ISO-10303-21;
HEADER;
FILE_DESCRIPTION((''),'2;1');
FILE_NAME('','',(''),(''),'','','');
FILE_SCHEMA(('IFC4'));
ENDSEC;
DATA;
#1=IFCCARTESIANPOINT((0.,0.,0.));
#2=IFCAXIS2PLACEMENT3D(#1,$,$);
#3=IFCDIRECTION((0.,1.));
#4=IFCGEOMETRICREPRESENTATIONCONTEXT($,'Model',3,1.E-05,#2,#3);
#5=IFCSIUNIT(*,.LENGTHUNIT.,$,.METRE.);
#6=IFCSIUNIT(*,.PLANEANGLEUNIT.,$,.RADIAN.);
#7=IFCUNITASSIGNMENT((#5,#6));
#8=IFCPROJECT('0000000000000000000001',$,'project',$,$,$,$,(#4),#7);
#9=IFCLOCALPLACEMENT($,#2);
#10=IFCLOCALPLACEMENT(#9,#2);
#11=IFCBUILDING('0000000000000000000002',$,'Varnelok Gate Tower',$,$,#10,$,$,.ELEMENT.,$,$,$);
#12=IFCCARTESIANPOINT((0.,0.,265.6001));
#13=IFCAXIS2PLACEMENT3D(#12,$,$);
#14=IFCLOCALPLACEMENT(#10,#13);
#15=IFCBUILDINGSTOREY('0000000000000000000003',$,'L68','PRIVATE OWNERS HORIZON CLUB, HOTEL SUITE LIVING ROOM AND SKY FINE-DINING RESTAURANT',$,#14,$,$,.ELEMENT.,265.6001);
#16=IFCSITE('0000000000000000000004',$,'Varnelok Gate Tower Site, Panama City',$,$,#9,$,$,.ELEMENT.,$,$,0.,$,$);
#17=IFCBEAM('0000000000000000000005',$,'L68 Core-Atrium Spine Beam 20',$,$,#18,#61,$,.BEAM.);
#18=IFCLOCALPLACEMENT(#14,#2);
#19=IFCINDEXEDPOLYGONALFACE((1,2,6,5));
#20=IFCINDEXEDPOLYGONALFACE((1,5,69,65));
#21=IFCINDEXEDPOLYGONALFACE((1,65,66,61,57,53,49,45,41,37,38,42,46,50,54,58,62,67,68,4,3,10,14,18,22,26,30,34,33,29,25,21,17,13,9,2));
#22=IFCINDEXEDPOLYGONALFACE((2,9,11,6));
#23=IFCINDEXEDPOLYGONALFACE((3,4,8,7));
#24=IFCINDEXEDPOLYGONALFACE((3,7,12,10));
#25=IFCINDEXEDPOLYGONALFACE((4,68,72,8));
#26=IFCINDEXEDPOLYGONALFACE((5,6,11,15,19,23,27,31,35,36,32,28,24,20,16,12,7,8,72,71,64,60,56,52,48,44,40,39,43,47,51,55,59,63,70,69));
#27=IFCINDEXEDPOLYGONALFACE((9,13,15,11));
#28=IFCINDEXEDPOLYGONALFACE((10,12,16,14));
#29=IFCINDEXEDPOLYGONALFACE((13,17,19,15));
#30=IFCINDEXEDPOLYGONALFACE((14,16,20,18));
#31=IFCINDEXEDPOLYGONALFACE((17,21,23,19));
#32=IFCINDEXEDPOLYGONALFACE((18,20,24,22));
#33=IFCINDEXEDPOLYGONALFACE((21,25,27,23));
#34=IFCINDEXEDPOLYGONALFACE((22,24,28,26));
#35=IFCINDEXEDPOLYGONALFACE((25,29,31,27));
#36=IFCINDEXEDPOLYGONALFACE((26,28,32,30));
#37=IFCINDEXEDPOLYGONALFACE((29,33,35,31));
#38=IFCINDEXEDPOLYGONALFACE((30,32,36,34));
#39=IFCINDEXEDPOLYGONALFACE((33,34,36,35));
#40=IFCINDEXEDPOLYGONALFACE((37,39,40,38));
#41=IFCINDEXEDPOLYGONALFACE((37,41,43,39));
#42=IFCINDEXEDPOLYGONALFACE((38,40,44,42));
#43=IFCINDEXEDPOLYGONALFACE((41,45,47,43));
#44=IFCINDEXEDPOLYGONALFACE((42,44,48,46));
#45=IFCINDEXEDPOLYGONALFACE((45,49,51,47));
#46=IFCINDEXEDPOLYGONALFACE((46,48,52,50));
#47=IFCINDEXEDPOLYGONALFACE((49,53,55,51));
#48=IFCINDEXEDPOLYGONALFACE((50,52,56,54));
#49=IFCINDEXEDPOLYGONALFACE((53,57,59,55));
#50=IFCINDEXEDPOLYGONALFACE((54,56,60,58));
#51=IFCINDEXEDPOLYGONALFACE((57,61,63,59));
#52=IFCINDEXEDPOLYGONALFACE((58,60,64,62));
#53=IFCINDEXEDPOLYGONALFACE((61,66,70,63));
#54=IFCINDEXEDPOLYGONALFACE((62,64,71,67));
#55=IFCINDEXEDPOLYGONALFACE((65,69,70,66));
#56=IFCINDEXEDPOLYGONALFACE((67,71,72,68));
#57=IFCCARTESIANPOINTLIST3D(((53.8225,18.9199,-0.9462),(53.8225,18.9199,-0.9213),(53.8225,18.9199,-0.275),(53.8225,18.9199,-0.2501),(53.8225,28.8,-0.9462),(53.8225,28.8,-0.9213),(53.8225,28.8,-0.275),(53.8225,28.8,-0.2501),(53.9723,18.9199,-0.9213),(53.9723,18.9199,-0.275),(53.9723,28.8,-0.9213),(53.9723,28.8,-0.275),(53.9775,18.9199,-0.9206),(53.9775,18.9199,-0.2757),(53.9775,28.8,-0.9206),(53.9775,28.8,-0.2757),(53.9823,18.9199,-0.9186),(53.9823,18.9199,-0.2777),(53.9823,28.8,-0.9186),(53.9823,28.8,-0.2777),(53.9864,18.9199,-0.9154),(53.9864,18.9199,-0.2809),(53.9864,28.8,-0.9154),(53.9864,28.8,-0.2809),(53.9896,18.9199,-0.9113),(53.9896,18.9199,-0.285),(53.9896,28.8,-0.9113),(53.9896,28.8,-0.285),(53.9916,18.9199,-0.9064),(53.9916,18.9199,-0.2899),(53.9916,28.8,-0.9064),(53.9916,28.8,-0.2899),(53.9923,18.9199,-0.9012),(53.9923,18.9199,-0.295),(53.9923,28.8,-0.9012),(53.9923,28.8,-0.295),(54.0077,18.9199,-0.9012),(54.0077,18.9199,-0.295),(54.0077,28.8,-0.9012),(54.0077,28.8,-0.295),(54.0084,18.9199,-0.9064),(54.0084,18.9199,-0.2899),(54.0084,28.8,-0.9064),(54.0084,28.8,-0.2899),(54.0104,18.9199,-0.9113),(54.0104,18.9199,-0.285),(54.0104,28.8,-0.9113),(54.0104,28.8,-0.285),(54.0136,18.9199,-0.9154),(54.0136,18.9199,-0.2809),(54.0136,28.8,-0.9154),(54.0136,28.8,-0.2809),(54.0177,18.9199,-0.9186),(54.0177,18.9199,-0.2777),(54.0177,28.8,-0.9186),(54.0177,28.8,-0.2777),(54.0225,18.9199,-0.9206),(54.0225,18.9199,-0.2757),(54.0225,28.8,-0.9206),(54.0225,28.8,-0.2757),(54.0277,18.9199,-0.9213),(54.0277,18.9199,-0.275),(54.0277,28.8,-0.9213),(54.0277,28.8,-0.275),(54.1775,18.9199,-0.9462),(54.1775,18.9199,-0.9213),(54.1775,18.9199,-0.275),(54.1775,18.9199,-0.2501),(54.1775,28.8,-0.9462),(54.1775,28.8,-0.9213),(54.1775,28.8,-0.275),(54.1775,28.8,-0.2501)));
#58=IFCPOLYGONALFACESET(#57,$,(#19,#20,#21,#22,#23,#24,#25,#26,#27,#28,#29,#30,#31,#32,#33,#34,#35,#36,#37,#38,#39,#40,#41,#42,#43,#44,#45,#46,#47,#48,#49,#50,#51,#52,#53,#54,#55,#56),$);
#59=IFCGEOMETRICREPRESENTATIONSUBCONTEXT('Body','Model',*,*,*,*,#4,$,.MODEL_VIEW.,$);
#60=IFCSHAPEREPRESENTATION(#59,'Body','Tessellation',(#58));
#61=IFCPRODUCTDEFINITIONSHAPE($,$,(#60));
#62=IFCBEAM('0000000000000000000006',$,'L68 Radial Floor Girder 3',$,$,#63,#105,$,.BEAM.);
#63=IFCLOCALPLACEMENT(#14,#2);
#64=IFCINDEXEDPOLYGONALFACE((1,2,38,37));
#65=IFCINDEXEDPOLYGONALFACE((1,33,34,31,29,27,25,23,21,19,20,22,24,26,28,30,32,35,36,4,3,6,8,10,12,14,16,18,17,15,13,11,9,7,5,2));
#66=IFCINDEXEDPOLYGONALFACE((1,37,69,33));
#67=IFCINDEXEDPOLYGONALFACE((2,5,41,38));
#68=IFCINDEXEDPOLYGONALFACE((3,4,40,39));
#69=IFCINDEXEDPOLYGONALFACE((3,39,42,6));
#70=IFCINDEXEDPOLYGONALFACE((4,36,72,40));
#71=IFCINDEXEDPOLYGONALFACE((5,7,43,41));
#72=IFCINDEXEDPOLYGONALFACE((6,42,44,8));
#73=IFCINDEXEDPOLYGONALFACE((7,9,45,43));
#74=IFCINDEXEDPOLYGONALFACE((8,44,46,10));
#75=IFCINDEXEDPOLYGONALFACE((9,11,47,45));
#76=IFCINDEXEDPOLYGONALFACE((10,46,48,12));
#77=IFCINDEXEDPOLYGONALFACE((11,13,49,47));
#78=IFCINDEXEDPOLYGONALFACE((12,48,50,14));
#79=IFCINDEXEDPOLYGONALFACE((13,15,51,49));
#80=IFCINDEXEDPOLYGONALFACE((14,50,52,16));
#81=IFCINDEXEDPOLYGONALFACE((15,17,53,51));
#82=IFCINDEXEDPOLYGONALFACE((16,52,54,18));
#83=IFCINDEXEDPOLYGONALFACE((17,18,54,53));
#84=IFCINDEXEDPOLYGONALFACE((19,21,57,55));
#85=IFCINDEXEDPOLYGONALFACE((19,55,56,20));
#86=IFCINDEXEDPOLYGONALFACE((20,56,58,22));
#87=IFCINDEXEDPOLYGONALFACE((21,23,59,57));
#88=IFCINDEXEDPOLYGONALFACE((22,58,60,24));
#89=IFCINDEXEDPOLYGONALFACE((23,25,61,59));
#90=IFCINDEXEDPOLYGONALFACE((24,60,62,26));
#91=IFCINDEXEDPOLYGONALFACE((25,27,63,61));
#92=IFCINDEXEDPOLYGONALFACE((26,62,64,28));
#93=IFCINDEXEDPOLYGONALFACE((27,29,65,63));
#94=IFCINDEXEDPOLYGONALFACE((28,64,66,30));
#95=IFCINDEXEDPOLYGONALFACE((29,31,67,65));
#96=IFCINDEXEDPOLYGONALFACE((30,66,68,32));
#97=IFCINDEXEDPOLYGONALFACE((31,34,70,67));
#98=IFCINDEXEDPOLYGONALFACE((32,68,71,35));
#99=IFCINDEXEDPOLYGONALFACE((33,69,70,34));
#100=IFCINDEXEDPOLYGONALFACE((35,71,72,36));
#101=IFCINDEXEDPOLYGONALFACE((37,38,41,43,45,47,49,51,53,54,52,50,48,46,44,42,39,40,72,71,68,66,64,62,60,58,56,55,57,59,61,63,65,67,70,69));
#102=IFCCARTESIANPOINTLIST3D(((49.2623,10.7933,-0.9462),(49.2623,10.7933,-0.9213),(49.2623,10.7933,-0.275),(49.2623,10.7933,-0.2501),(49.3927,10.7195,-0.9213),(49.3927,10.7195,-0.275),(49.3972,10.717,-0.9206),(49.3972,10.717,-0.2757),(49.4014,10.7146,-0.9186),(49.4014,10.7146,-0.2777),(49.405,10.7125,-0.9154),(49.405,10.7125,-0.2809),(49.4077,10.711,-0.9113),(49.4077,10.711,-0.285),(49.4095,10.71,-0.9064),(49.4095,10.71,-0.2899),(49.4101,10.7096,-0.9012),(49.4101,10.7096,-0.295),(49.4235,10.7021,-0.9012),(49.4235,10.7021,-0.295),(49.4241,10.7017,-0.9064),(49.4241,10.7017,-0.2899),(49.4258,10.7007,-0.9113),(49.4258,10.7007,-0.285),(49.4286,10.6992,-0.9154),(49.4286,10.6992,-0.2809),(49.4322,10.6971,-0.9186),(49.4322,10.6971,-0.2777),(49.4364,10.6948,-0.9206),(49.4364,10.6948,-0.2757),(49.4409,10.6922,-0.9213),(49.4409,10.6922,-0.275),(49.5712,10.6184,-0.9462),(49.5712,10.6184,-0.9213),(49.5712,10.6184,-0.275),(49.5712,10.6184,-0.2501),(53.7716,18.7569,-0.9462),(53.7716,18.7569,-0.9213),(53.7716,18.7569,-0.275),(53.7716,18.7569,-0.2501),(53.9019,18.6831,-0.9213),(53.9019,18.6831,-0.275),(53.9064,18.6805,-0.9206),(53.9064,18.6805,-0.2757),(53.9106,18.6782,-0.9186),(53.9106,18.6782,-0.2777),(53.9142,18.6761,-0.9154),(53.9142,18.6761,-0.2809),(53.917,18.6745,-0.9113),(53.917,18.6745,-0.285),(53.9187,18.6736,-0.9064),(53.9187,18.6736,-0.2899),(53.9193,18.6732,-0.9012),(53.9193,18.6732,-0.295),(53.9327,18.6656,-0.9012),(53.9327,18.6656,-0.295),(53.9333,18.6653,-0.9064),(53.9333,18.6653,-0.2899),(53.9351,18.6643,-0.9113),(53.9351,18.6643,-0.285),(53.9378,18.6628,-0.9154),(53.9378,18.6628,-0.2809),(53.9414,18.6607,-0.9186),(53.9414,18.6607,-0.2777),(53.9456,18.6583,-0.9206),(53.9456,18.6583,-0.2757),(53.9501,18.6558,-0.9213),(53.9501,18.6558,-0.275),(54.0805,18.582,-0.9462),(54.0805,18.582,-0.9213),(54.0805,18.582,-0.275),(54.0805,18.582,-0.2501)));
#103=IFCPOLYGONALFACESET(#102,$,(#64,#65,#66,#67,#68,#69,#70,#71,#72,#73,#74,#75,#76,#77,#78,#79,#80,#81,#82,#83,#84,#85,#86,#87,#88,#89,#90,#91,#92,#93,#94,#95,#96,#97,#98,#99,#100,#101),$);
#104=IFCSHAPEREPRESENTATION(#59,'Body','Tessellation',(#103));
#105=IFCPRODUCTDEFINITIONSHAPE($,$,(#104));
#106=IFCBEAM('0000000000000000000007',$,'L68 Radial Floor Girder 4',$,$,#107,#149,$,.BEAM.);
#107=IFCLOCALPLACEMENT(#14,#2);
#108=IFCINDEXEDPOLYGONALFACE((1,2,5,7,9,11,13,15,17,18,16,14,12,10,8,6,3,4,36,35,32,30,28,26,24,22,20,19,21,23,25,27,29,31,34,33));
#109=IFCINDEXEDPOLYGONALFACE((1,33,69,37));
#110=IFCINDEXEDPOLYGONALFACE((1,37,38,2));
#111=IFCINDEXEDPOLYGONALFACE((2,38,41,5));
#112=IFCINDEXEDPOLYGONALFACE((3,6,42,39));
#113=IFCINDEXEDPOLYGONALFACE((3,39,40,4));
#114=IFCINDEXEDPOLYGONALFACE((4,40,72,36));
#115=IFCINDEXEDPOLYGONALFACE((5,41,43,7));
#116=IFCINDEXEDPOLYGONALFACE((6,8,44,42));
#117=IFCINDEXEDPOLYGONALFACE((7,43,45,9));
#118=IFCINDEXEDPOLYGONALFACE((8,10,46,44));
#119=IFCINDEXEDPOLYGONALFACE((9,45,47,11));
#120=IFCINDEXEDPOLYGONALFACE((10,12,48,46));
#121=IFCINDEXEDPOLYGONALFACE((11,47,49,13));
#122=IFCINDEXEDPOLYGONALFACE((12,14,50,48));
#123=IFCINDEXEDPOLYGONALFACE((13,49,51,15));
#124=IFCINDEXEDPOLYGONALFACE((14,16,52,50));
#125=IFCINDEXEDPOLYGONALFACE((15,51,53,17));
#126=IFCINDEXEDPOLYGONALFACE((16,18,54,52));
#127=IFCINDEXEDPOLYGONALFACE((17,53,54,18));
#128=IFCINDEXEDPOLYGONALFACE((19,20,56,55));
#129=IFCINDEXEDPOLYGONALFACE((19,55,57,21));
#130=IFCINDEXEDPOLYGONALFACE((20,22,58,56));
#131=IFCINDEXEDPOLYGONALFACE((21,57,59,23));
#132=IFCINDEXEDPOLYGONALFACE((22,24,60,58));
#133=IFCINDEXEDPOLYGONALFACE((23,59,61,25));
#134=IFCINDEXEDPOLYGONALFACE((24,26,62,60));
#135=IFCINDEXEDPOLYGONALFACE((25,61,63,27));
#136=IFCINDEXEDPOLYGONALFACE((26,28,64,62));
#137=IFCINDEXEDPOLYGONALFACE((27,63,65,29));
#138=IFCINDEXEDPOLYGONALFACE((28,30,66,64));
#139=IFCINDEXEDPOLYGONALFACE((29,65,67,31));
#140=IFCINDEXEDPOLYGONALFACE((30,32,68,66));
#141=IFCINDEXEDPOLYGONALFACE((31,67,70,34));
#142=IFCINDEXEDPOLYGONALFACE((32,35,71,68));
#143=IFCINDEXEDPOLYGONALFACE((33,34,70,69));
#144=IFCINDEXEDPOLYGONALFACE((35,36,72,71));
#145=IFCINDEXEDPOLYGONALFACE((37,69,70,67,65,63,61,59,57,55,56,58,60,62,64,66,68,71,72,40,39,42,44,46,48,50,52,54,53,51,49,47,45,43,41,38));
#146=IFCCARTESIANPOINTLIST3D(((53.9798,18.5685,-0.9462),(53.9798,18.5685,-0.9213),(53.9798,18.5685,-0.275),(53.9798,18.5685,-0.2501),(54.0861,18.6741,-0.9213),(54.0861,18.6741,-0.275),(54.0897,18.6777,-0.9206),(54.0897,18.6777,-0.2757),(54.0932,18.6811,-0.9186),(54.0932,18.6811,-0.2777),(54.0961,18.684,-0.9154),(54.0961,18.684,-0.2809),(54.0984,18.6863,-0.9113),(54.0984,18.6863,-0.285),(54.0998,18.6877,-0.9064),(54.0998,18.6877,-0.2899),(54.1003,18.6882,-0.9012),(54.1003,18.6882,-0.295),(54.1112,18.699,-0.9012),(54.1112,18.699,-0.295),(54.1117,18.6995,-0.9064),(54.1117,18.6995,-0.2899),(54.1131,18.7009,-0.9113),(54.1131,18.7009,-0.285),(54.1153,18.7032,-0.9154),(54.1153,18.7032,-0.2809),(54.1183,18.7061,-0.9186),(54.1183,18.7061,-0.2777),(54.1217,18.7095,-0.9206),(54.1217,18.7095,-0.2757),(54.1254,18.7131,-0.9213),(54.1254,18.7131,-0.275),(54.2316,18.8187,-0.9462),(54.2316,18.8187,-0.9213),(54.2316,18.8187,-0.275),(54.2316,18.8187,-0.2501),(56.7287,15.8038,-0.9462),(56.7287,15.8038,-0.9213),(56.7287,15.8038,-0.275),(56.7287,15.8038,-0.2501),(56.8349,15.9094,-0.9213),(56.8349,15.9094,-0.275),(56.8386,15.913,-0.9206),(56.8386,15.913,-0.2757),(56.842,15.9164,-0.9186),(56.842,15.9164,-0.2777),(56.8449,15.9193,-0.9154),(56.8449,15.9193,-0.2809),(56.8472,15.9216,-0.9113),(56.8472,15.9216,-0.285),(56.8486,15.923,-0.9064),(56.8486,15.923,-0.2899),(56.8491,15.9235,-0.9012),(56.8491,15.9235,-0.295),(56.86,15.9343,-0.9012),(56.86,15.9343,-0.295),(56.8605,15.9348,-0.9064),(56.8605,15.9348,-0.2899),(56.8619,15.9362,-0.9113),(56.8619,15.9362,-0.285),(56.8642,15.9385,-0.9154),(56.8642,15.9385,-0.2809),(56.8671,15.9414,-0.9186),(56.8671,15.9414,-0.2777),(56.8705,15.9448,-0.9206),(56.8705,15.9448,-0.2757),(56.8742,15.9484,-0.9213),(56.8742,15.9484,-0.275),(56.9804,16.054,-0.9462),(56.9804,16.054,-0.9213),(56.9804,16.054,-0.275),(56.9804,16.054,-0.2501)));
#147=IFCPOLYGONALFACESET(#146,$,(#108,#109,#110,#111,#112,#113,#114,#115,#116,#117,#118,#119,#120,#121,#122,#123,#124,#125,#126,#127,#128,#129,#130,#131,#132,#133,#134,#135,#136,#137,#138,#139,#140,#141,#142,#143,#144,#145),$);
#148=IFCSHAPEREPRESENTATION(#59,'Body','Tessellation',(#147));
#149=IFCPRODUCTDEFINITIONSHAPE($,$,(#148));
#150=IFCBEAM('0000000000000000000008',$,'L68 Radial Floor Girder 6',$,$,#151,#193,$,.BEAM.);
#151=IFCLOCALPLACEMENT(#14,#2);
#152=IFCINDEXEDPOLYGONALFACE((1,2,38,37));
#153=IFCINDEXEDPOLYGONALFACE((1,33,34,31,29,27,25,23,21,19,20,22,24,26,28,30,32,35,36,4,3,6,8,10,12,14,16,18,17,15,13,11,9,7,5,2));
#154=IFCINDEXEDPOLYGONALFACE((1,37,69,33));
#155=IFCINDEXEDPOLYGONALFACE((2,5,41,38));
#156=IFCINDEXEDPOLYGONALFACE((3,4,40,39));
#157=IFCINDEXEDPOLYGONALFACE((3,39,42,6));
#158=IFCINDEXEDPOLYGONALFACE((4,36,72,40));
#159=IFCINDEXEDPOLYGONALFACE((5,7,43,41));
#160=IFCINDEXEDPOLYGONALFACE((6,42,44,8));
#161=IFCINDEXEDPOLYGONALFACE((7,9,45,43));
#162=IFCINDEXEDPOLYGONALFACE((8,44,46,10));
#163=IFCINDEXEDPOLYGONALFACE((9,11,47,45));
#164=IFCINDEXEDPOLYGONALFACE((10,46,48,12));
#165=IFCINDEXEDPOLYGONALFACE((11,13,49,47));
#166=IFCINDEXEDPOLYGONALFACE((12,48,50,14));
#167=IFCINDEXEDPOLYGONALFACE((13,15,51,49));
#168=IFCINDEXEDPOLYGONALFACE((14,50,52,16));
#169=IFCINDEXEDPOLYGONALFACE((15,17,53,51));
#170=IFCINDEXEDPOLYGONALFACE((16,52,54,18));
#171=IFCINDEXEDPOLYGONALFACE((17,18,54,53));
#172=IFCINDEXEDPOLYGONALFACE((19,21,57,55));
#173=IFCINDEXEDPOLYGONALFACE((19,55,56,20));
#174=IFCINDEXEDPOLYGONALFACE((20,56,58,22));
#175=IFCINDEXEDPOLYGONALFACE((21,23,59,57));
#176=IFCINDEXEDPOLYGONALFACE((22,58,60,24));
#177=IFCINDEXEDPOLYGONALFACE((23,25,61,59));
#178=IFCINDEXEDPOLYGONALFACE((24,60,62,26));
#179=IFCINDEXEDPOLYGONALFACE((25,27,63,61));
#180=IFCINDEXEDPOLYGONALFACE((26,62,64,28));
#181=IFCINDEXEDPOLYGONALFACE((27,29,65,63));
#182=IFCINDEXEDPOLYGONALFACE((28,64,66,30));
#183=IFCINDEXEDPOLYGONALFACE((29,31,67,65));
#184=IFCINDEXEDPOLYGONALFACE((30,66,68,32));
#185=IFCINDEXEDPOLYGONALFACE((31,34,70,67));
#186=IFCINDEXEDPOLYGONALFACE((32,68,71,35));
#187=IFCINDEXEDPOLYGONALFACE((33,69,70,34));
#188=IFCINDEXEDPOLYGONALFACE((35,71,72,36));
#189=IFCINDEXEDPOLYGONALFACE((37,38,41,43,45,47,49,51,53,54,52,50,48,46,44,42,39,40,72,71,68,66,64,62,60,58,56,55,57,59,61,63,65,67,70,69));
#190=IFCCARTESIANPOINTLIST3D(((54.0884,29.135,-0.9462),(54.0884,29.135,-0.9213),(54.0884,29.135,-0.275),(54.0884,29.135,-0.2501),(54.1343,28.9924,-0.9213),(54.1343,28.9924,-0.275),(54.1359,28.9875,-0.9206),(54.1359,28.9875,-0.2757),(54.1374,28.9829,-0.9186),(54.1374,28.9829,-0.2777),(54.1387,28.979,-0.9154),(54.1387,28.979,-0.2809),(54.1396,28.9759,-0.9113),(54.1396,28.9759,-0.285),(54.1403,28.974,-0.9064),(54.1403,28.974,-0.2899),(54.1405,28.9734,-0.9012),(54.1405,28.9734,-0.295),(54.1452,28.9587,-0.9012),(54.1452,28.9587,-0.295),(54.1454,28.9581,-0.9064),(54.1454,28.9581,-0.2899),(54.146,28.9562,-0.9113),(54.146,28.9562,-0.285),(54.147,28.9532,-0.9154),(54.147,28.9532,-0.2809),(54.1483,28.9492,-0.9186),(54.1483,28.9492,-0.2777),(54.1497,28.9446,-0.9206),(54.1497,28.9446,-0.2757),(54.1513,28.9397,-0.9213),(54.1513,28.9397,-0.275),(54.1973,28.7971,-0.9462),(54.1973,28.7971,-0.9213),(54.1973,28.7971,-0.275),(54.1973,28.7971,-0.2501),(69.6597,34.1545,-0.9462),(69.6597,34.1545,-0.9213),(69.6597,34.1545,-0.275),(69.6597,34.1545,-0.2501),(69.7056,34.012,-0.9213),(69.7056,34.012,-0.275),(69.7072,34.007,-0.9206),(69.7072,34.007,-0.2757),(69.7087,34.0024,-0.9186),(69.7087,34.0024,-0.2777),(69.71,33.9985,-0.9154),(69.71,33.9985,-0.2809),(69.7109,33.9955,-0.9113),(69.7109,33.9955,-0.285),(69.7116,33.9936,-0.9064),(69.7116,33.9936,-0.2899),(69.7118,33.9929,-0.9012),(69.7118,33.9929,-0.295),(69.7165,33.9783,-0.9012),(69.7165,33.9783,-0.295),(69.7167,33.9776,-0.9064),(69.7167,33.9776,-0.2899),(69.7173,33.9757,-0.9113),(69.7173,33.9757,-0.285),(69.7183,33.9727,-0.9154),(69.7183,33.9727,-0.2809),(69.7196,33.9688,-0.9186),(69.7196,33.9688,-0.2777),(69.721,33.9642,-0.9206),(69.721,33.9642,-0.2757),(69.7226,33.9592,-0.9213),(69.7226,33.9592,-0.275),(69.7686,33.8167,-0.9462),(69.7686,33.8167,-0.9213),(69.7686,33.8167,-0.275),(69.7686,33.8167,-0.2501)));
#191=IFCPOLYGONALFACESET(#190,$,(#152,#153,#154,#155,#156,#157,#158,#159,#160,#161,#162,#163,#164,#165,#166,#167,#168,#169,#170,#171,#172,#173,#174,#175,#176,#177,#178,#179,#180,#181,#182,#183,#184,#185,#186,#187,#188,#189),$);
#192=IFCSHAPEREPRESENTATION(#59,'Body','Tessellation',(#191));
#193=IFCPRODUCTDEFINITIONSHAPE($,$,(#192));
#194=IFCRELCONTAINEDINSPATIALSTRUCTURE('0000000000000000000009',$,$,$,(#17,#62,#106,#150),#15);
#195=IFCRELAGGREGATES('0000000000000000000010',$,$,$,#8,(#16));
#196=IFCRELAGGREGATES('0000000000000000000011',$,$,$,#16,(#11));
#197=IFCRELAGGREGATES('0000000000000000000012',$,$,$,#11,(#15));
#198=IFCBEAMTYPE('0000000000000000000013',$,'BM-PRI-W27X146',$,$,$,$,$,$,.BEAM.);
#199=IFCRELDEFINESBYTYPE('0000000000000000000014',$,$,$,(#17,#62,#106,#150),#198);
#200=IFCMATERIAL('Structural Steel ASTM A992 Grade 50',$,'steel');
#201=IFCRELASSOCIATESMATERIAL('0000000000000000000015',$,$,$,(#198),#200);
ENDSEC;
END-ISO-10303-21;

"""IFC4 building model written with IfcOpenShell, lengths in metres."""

from ifc_helpers import new_model, si_unit, direction, frame, origin, origin_2d, place, context, subcontext, project, spatial, i_section, extrude, material, material_profile, profile_set, type_object, element, save


model = new_model("IFC4")

# Units and contexts
model_context = context("Model", 3, precision=1e-05, world=origin(), true_north=direction((0.0, 1.0)))
body_context = subcontext(model_context, "Body", "Model", "MODEL_VIEW")
ifc_project = project(units=[si_unit("LENGTHUNIT", "METRE"), si_unit("PLANEANGLEUNIT", "RADIAN")], contexts=[model_context])

# Site, building, storey
site_placement = place(None, origin())
site = spatial("IfcSite", under=ifc_project, at=site_placement, Name="Varnelok Gate Tower Site, Panama City", CompositionType="ELEMENT", RefElevation=0.0)
building_placement = place(site_placement, origin())
building = spatial("IfcBuilding", under=site, at=building_placement, Name="Varnelok Gate Tower", CompositionType="ELEMENT")
storey_placement = place(building_placement, frame((0.0, 0.0, 265.6001)))
storey = spatial("IfcBuildingStorey", under=building, at=storey_placement, Name="L68", Description="PRIVATE OWNERS HORIZON CLUB, HOTEL SUITE LIVING ROOM AND SKY FINE-DINING RESTAURANT", CompositionType="ELEMENT", Elevation=265.6001)

# Shared definitions
ifc_material_1 = material(Name="Structural Steel ASTM A992 Grade 50", Category="steel")

# Beams
ifc_material_profile_1 = material_profile(ifc_material_1, i_section(OverallWidth=0.355, OverallDepth=0.696, WebThickness=0.0154, FlangeThickness=0.0249, FilletRadius=0.02, at=origin_2d()), Name="W27X146")
ifc_profile_set_1 = profile_set([ifc_material_profile_1], Name="Structural Steel ASTM A992 Grade 50")
beam_type_1 = type_object("IfcBeamType", Name="BM-PRI-W27X146", PredefinedType="BEAM", material=ifc_profile_set_1)
beam_1_placement = place(storey_placement, frame((54.0, 18.9199, -0.5981), z_axis=(0.0, 1.0, 0.0), x_axis=(-1.0, 0.0, 0.0)))
element("IfcBeam", 1, at=beam_1_placement, inside=storey, type_object=beam_type_1, Name="L68 Core-Atrium Spine Beam 20", PredefinedType="BEAM", context=body_context, shape_type="SweptSolid", body=[
    extrude(i_section(OverallWidth=0.355, OverallDepth=0.696, WebThickness=0.0154, FlangeThickness=0.0249, FilletRadius=0.02, at=origin_2d()), origin(), (0.0, 0.0, 1.0), 9.8801),
])
beam_2_placement = place(storey_placement, frame((53.926, 18.6694, -0.5981), z_axis=(-0.492728, -0.870183, 0.0), x_axis=(0.870183, -0.492728, 0.0)))
element("IfcBeam", 2, at=beam_2_placement, inside=storey, type_object=beam_type_1, Name="L68 Radial Floor Girder 3", PredefinedType="BEAM", context=body_context, shape_type="SweptSolid", body=[
    extrude(i_section(OverallWidth=0.355, OverallDepth=0.696, WebThickness=0.0154, FlangeThickness=0.0249, FilletRadius=0.02, at=origin_2d()), origin(), (0.0, 0.0, 1.0), 9.1516),
])
beam_3_placement = place(storey_placement, frame((54.1057, 18.6936, -0.5981), z_axis=(0.705069, -0.709139, 0.0), x_axis=(0.709139, 0.705069, 0.0)))
element("IfcBeam", 3, at=beam_3_placement, inside=storey, type_object=beam_type_1, Name="L68 Radial Floor Girder 4", PredefinedType="BEAM", context=body_context, shape_type="SweptSolid", body=[
    extrude(i_section(OverallWidth=0.355, OverallDepth=0.696, WebThickness=0.0154, FlangeThickness=0.0249, FilletRadius=0.02, at=origin_2d()), origin(), (0.0, 0.0, 1.0), 3.8987),
])
beam_4_placement = place(storey_placement, frame((54.1428, 28.9661, -0.5981), z_axis=(0.95177, 0.306811, 0.0), x_axis=(-0.306811, 0.95177, 0.0)))
element("IfcBeam", 4, at=beam_4_placement, inside=storey, type_object=beam_type_1, Name="L68 Radial Floor Girder 6", PredefinedType="BEAM", context=body_context, shape_type="SweptSolid", body=[
    extrude(i_section(OverallWidth=0.355, OverallDepth=0.696, WebThickness=0.0154, FlangeThickness=0.0249, FilletRadius=0.02, at=origin_2d()), origin(), (0.0, 0.0, 1.0), 16.3604),
])

save(model, "model.ifc")
